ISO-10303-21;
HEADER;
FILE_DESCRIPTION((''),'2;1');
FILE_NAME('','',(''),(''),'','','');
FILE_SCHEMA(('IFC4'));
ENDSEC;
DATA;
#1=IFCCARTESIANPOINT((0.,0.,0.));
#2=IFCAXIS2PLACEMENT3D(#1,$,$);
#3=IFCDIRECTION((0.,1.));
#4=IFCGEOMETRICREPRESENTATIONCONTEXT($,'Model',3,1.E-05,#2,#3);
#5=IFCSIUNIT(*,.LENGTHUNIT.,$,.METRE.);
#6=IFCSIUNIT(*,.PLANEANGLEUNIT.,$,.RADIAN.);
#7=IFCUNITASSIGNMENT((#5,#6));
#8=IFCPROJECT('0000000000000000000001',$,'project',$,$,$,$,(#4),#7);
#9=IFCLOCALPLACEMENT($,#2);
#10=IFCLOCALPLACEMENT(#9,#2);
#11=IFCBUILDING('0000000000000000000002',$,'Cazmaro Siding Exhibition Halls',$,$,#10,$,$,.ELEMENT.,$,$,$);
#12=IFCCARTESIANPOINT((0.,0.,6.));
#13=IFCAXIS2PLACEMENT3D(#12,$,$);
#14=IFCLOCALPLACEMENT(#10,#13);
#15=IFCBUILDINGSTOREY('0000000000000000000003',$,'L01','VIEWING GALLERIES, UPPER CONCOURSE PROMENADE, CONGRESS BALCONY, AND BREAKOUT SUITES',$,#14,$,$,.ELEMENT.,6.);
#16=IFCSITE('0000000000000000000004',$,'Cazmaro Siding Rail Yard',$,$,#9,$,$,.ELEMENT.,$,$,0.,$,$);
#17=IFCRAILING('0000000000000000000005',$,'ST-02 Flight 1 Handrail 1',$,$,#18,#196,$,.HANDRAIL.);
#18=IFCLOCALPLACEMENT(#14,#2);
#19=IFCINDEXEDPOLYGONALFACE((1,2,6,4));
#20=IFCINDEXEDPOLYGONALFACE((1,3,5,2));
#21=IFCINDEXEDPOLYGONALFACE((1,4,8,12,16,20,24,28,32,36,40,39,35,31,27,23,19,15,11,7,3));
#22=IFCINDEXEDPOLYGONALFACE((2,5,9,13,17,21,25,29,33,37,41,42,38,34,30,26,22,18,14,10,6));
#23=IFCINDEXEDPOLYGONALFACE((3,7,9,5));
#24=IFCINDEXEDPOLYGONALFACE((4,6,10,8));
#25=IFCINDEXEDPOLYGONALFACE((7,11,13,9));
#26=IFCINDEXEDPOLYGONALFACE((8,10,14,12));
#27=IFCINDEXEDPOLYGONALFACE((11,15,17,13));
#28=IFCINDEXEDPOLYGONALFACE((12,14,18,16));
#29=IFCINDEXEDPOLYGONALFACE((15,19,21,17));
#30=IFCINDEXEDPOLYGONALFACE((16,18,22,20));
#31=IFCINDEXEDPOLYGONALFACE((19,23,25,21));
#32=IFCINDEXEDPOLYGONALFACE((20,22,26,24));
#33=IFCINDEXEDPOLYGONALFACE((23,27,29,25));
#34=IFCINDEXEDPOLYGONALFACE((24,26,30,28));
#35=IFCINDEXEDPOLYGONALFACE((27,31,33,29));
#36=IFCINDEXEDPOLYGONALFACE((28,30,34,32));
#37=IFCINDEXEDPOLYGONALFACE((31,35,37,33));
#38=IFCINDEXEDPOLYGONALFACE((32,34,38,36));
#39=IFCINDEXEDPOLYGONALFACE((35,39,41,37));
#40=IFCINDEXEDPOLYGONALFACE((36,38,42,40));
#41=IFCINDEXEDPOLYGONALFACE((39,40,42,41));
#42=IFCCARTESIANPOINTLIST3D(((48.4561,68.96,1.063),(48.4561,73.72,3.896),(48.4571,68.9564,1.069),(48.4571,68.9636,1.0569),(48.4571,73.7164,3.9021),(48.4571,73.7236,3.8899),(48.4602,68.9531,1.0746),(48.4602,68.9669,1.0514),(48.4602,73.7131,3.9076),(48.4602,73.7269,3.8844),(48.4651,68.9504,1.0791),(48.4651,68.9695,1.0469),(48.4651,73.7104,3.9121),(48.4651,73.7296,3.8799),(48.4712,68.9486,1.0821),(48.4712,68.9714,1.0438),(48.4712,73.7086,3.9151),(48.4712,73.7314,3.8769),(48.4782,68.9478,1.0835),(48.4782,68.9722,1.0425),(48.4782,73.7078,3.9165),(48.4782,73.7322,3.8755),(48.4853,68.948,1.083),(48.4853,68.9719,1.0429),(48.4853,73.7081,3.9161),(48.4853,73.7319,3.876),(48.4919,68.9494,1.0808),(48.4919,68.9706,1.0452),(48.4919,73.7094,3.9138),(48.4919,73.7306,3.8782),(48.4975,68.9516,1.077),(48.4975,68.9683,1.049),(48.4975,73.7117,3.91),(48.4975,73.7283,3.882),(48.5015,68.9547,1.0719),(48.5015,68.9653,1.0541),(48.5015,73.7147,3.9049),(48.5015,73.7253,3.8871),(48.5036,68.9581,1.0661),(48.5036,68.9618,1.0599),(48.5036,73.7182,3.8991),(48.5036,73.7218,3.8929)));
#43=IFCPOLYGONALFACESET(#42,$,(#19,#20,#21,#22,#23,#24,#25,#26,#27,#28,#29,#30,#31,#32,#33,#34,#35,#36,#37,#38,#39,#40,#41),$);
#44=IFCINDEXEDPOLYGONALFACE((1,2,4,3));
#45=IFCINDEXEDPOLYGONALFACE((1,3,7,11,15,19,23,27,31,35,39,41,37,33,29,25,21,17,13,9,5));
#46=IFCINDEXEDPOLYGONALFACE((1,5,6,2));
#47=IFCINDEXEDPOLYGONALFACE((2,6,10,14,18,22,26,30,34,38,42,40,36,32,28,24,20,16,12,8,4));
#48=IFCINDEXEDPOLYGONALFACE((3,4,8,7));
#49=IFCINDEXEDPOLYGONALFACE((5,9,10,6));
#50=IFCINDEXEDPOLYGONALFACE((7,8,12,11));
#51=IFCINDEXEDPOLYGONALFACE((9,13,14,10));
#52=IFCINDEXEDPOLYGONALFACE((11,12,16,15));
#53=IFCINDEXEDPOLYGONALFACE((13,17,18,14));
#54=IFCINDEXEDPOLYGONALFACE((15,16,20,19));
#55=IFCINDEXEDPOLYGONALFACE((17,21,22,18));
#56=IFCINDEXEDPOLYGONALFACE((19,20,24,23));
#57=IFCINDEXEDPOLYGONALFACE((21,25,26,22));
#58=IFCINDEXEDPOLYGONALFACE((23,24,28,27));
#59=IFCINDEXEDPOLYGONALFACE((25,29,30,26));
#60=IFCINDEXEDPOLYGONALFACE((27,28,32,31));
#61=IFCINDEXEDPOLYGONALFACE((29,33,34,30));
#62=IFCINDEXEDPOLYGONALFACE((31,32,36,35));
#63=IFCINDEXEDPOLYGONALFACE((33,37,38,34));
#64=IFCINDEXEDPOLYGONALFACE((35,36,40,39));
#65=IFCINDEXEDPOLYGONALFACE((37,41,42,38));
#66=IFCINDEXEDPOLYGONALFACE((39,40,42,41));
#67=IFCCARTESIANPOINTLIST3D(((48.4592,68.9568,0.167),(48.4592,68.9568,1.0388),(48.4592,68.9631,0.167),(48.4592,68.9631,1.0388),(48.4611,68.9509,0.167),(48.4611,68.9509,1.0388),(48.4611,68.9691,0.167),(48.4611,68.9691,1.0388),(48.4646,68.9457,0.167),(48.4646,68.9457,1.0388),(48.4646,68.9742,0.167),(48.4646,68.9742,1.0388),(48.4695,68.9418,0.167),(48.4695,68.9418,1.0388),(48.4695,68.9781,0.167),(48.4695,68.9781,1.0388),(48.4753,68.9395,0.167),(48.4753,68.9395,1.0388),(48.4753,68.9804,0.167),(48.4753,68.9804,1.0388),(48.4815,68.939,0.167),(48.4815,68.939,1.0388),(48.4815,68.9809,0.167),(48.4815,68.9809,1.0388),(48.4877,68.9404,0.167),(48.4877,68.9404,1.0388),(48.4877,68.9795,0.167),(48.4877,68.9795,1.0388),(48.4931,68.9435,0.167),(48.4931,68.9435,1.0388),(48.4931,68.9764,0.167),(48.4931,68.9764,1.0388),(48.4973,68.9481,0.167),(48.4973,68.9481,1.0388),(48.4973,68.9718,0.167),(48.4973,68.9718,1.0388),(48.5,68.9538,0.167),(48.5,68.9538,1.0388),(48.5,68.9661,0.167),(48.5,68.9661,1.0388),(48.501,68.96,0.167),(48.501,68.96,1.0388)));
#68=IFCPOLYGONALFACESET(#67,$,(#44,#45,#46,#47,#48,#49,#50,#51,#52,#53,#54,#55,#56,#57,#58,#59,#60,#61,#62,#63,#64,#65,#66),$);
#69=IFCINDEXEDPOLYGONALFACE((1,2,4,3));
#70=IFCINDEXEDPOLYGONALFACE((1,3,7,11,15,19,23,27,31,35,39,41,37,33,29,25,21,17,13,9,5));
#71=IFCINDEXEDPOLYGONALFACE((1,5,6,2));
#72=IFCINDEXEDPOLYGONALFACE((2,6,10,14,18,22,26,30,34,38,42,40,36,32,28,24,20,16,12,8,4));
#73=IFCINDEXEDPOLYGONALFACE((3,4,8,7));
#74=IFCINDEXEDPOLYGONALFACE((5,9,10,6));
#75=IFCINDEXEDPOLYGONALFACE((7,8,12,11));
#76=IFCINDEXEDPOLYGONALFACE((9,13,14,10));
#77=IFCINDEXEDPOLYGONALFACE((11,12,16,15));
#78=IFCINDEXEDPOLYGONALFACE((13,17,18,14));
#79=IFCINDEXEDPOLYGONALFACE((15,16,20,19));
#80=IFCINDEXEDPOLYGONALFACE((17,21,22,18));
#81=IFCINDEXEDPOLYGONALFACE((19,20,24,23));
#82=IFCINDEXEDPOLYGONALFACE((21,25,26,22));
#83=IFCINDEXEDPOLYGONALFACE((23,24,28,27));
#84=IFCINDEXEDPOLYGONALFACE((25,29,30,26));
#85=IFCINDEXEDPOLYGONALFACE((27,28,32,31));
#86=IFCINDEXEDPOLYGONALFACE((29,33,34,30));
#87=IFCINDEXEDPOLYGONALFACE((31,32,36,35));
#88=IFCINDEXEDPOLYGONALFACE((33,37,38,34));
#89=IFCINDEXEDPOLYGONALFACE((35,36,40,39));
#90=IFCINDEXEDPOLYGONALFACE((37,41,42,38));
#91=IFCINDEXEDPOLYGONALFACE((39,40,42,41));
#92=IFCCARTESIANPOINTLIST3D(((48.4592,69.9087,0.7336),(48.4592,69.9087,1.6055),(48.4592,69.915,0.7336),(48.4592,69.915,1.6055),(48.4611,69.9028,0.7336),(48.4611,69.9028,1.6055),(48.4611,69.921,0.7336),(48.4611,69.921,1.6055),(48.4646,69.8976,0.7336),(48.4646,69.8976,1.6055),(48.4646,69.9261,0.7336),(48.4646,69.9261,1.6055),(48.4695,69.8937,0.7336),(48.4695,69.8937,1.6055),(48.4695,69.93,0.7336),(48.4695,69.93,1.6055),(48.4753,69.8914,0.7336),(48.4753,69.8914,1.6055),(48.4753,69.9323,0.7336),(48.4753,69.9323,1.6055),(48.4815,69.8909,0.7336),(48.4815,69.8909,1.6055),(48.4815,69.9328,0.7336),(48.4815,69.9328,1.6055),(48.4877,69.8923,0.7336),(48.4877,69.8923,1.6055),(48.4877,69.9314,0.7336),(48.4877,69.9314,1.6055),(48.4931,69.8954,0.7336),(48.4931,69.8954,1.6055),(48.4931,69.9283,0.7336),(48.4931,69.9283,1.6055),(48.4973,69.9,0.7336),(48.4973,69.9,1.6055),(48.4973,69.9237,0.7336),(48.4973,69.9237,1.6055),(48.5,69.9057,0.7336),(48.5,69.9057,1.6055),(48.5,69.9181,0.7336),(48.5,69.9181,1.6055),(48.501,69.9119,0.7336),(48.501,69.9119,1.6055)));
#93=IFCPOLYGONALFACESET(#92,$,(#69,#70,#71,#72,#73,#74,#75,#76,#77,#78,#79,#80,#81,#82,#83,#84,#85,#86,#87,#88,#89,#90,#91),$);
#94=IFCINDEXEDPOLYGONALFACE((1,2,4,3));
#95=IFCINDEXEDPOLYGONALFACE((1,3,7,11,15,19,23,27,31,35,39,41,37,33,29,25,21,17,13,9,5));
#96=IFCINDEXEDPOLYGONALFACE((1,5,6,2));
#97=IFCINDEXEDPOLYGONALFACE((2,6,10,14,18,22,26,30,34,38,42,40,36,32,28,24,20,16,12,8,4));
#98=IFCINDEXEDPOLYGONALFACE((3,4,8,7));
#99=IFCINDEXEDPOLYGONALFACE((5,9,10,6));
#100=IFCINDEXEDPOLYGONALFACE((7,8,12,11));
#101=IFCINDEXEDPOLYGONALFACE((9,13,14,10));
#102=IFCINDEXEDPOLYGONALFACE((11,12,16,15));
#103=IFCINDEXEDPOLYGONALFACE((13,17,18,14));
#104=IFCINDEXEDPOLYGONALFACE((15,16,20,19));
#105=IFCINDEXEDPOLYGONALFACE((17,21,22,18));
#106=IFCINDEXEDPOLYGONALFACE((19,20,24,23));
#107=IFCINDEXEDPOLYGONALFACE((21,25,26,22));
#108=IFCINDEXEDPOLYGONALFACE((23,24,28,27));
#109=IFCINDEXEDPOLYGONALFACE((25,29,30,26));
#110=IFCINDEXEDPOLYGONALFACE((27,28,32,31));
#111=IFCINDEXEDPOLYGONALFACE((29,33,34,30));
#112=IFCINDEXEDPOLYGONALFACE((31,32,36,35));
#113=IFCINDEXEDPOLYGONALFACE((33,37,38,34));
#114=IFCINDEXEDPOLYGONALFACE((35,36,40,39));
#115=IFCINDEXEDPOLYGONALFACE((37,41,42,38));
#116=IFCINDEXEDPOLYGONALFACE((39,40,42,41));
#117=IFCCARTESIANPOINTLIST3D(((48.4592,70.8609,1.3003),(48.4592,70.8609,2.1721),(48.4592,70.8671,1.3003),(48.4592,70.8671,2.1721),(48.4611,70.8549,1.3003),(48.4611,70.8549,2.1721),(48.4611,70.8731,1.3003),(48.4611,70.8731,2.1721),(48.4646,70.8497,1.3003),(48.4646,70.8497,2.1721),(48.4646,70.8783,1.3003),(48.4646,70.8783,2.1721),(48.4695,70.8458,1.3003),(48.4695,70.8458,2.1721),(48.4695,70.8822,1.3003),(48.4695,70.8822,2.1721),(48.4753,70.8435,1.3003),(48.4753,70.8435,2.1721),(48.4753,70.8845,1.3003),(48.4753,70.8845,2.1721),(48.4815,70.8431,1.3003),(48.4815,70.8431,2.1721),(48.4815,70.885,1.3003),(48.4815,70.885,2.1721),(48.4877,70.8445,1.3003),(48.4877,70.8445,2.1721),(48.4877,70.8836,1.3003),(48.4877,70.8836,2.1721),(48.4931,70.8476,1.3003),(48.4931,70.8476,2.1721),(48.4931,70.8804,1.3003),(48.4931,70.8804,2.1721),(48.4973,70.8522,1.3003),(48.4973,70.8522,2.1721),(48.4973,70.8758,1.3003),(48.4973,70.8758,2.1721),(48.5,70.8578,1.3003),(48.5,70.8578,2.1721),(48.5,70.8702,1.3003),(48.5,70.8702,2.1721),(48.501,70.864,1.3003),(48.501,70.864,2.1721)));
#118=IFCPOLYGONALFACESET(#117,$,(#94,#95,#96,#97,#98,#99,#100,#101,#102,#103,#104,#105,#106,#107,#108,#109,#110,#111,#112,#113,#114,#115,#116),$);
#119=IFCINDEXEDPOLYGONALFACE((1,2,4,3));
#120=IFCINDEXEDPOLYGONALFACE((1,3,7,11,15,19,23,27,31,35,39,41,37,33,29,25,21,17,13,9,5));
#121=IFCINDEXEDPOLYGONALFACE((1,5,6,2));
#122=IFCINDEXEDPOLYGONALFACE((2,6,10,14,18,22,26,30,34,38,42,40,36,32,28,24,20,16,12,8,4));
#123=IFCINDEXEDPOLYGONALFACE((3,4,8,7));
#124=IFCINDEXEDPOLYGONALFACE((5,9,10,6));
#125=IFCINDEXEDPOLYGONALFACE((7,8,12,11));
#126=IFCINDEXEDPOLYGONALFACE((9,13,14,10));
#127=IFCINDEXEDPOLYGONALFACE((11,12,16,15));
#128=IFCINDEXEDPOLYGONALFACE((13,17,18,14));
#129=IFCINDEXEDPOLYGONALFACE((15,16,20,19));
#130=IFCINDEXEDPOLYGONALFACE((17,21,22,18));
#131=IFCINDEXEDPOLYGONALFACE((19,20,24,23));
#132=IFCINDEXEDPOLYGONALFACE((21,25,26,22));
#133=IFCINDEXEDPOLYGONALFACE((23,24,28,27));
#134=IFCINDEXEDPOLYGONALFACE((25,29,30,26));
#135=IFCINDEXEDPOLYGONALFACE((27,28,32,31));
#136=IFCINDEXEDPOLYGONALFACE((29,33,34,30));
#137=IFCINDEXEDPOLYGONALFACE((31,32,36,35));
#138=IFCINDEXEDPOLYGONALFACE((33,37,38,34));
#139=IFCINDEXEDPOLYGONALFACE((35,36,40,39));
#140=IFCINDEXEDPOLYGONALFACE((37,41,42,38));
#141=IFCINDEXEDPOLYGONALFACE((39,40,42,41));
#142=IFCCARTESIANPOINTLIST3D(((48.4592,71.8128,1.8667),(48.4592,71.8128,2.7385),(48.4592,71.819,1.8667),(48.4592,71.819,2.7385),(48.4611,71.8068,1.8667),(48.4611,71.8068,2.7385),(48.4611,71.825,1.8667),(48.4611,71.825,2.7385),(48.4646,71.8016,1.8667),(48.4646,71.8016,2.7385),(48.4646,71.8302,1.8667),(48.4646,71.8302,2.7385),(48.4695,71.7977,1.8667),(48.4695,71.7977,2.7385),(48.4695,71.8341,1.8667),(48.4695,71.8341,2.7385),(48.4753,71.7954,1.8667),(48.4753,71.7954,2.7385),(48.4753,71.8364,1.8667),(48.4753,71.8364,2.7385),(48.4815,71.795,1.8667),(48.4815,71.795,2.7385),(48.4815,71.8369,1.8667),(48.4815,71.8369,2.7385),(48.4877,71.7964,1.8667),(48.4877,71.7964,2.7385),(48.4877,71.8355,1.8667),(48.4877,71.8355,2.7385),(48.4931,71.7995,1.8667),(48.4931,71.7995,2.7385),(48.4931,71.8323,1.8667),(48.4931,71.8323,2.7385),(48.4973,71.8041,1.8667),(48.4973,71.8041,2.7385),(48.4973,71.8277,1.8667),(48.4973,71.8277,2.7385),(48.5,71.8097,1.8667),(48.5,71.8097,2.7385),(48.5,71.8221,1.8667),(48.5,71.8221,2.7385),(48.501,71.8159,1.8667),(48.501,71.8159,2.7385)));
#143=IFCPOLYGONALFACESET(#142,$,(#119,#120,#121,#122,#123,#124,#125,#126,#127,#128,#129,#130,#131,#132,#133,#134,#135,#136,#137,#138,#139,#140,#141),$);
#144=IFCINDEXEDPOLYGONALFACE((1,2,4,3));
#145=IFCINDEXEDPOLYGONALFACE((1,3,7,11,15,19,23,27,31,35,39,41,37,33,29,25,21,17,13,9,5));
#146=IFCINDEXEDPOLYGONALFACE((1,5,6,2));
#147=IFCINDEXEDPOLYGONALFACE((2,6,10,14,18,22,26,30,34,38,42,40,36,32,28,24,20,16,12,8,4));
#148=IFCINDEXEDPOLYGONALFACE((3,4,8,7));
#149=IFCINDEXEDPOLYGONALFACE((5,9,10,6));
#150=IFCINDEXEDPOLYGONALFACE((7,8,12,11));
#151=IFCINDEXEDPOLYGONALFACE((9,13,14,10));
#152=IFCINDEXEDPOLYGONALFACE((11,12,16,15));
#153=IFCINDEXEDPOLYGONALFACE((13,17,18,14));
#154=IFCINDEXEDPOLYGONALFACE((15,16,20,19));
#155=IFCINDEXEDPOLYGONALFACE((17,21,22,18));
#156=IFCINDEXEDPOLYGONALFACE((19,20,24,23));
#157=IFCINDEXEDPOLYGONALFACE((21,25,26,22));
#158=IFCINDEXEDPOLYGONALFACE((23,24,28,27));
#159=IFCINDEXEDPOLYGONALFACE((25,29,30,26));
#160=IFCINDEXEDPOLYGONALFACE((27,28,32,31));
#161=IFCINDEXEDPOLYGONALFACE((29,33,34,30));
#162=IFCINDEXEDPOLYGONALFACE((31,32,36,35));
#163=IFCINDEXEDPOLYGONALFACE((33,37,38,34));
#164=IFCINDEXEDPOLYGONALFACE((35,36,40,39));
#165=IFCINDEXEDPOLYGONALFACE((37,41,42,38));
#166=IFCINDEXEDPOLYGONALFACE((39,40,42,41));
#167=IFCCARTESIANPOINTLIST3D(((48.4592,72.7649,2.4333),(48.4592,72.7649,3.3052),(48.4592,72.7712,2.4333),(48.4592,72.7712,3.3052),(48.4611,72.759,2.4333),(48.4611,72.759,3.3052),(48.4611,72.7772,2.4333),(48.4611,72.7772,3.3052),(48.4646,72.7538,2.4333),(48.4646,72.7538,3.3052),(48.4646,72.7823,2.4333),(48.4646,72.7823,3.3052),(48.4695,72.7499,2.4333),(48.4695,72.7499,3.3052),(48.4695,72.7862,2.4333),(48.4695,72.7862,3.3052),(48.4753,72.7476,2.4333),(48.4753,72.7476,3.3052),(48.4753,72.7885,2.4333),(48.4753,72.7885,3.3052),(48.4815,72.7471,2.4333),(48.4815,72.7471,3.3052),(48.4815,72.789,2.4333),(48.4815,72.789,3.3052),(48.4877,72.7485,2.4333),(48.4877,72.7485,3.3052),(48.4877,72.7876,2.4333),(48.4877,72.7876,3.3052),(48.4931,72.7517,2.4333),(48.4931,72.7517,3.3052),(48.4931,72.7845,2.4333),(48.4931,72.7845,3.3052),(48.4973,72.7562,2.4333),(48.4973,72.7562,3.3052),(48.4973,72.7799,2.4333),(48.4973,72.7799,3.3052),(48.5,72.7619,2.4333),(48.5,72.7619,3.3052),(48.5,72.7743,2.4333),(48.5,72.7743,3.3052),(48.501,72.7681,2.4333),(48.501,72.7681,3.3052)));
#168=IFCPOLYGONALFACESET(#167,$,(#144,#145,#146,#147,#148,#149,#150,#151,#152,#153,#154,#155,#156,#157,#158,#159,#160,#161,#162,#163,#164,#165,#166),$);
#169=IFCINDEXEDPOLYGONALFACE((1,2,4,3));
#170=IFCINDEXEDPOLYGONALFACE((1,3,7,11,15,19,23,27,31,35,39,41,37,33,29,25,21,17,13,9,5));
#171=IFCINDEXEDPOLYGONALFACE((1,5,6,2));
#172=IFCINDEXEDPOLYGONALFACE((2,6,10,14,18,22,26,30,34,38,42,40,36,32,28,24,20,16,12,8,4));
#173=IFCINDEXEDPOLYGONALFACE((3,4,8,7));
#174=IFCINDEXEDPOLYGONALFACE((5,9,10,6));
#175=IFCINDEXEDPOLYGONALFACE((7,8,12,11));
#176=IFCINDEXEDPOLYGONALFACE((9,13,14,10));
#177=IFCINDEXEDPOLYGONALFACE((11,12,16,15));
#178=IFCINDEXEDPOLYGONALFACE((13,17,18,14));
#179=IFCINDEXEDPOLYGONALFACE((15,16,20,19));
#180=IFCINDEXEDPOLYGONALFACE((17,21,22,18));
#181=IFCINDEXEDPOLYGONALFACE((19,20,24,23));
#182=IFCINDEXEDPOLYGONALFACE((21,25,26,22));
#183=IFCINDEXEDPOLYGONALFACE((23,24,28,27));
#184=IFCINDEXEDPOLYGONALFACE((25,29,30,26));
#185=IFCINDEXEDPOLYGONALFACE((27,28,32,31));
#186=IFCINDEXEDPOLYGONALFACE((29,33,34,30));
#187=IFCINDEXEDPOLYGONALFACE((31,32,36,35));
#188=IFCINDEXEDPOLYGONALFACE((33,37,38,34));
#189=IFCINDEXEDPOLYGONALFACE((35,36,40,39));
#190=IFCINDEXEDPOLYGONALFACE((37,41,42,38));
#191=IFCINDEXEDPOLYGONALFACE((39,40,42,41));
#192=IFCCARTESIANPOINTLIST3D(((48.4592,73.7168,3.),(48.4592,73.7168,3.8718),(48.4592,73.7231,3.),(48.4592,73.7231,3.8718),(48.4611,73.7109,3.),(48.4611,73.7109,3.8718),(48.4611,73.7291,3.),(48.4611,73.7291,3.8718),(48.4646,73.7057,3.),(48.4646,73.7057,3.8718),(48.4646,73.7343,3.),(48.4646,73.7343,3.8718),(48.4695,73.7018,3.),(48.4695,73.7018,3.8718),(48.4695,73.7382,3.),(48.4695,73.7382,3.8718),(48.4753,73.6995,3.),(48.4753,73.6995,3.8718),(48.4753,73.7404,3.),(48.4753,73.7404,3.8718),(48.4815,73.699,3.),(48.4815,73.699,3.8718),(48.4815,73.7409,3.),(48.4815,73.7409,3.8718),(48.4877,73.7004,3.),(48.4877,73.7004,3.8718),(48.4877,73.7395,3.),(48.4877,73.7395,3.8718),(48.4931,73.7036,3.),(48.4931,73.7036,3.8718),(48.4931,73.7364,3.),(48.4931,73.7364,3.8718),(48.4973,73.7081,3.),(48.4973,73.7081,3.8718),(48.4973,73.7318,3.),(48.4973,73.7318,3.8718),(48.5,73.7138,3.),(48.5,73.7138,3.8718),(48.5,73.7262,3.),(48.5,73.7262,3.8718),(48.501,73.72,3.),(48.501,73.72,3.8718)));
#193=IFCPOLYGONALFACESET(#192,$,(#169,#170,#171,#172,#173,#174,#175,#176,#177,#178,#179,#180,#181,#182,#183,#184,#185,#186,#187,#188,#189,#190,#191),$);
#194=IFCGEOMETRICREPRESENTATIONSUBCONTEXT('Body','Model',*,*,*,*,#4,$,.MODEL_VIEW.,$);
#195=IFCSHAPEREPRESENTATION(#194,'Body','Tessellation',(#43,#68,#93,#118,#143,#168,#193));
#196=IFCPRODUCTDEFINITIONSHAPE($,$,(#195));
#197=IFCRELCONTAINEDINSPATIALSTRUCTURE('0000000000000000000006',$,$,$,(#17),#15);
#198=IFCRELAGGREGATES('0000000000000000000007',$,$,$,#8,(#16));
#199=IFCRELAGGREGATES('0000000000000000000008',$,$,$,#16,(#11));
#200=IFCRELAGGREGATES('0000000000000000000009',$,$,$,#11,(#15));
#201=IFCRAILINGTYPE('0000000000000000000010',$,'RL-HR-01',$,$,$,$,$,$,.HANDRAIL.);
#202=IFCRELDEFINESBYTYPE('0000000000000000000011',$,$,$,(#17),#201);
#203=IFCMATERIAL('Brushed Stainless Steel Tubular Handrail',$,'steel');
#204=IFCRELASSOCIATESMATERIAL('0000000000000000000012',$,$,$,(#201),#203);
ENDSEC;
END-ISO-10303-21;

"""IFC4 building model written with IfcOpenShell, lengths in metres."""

from ifc_helpers import new_model, si_unit, direction, frame, origin, origin_2d, place, context, subcontext, project, spatial, circle, extrude, material, type_object, element, save


model = new_model("IFC4")

# Units and contexts
model_context = context("Model", 3, precision=1e-05, world=origin(), true_north=direction((0.0, 1.0)))
body_context = subcontext(model_context, "Body", "Model", "MODEL_VIEW")
ifc_project = project(units=[si_unit("LENGTHUNIT", "METRE"), si_unit("PLANEANGLEUNIT", "RADIAN")], contexts=[model_context])

# Site, building, storey
site_placement = place(None, origin())
site = spatial("IfcSite", under=ifc_project, at=site_placement, Name="Cazmaro Siding Rail Yard", CompositionType="ELEMENT", RefElevation=0.0)
building_placement = place(site_placement, origin())
building = spatial("IfcBuilding", under=site, at=building_placement, Name="Cazmaro Siding Exhibition Halls", CompositionType="ELEMENT")
storey_placement = place(building_placement, frame((0.0, 0.0, 6.0)))
storey = spatial("IfcBuildingStorey", under=building, at=storey_placement, Name="L01", Description="VIEWING GALLERIES, UPPER CONCOURSE PROMENADE, CONGRESS BALCONY, AND BREAKOUT SUITES", CompositionType="ELEMENT", Elevation=6.0)

# Railing
ifc_material_1 = material(Name="Brushed Stainless Steel Tubular Handrail", Category="steel")
railing_type_1 = type_object("IfcRailingType", Name="RL-HR-01", PredefinedType="HANDRAIL", material=ifc_material_1)
railing_1_placement = place(storey_placement, frame((48.48, 68.96, 0.167)))
element("IfcRailing", 1, at=railing_1_placement, inside=storey, type_object=railing_type_1, Name="ST-02 Flight 1 Handrail 1", PredefinedType="HANDRAIL", context=body_context, shape_type="SweptSolid", body=[
    extrude(circle(Radius=0.0239, at=origin_2d()), frame((0.0, 0.0, 0.896), z_axis=(0.0, 0.859319, 0.51144), x_axis=(-1.0, 0.0, 0.0)), (0.0, 0.0, 1.0), 5.5393),
    extrude(circle(Radius=0.021, at=origin_2d()), origin(), (0.0, 0.0, 1.0), 0.8718),
    extrude(circle(Radius=0.021, at=origin_2d()), frame((0.0, 0.9519, 0.5667)), (0.0, 0.0, 1.0), 0.8718),
    extrude(circle(Radius=0.021, at=origin_2d()), frame((0.0, 1.9041, 1.1333)), (0.0, 0.0, 1.0), 0.8718),
    extrude(circle(Radius=0.021, at=origin_2d()), frame((0.0, 2.856, 1.6997)), (0.0, 0.0, 1.0), 0.8718),
    extrude(circle(Radius=0.021, at=origin_2d()), frame((0.0, 3.8081, 2.2664)), (0.0, 0.0, 1.0), 0.8718),
    extrude(circle(Radius=0.021, at=origin_2d()), frame((0.0, 4.76, 2.833)), (0.0, 0.0, 1.0), 0.8718),
])

save(model, "model.ifc")
